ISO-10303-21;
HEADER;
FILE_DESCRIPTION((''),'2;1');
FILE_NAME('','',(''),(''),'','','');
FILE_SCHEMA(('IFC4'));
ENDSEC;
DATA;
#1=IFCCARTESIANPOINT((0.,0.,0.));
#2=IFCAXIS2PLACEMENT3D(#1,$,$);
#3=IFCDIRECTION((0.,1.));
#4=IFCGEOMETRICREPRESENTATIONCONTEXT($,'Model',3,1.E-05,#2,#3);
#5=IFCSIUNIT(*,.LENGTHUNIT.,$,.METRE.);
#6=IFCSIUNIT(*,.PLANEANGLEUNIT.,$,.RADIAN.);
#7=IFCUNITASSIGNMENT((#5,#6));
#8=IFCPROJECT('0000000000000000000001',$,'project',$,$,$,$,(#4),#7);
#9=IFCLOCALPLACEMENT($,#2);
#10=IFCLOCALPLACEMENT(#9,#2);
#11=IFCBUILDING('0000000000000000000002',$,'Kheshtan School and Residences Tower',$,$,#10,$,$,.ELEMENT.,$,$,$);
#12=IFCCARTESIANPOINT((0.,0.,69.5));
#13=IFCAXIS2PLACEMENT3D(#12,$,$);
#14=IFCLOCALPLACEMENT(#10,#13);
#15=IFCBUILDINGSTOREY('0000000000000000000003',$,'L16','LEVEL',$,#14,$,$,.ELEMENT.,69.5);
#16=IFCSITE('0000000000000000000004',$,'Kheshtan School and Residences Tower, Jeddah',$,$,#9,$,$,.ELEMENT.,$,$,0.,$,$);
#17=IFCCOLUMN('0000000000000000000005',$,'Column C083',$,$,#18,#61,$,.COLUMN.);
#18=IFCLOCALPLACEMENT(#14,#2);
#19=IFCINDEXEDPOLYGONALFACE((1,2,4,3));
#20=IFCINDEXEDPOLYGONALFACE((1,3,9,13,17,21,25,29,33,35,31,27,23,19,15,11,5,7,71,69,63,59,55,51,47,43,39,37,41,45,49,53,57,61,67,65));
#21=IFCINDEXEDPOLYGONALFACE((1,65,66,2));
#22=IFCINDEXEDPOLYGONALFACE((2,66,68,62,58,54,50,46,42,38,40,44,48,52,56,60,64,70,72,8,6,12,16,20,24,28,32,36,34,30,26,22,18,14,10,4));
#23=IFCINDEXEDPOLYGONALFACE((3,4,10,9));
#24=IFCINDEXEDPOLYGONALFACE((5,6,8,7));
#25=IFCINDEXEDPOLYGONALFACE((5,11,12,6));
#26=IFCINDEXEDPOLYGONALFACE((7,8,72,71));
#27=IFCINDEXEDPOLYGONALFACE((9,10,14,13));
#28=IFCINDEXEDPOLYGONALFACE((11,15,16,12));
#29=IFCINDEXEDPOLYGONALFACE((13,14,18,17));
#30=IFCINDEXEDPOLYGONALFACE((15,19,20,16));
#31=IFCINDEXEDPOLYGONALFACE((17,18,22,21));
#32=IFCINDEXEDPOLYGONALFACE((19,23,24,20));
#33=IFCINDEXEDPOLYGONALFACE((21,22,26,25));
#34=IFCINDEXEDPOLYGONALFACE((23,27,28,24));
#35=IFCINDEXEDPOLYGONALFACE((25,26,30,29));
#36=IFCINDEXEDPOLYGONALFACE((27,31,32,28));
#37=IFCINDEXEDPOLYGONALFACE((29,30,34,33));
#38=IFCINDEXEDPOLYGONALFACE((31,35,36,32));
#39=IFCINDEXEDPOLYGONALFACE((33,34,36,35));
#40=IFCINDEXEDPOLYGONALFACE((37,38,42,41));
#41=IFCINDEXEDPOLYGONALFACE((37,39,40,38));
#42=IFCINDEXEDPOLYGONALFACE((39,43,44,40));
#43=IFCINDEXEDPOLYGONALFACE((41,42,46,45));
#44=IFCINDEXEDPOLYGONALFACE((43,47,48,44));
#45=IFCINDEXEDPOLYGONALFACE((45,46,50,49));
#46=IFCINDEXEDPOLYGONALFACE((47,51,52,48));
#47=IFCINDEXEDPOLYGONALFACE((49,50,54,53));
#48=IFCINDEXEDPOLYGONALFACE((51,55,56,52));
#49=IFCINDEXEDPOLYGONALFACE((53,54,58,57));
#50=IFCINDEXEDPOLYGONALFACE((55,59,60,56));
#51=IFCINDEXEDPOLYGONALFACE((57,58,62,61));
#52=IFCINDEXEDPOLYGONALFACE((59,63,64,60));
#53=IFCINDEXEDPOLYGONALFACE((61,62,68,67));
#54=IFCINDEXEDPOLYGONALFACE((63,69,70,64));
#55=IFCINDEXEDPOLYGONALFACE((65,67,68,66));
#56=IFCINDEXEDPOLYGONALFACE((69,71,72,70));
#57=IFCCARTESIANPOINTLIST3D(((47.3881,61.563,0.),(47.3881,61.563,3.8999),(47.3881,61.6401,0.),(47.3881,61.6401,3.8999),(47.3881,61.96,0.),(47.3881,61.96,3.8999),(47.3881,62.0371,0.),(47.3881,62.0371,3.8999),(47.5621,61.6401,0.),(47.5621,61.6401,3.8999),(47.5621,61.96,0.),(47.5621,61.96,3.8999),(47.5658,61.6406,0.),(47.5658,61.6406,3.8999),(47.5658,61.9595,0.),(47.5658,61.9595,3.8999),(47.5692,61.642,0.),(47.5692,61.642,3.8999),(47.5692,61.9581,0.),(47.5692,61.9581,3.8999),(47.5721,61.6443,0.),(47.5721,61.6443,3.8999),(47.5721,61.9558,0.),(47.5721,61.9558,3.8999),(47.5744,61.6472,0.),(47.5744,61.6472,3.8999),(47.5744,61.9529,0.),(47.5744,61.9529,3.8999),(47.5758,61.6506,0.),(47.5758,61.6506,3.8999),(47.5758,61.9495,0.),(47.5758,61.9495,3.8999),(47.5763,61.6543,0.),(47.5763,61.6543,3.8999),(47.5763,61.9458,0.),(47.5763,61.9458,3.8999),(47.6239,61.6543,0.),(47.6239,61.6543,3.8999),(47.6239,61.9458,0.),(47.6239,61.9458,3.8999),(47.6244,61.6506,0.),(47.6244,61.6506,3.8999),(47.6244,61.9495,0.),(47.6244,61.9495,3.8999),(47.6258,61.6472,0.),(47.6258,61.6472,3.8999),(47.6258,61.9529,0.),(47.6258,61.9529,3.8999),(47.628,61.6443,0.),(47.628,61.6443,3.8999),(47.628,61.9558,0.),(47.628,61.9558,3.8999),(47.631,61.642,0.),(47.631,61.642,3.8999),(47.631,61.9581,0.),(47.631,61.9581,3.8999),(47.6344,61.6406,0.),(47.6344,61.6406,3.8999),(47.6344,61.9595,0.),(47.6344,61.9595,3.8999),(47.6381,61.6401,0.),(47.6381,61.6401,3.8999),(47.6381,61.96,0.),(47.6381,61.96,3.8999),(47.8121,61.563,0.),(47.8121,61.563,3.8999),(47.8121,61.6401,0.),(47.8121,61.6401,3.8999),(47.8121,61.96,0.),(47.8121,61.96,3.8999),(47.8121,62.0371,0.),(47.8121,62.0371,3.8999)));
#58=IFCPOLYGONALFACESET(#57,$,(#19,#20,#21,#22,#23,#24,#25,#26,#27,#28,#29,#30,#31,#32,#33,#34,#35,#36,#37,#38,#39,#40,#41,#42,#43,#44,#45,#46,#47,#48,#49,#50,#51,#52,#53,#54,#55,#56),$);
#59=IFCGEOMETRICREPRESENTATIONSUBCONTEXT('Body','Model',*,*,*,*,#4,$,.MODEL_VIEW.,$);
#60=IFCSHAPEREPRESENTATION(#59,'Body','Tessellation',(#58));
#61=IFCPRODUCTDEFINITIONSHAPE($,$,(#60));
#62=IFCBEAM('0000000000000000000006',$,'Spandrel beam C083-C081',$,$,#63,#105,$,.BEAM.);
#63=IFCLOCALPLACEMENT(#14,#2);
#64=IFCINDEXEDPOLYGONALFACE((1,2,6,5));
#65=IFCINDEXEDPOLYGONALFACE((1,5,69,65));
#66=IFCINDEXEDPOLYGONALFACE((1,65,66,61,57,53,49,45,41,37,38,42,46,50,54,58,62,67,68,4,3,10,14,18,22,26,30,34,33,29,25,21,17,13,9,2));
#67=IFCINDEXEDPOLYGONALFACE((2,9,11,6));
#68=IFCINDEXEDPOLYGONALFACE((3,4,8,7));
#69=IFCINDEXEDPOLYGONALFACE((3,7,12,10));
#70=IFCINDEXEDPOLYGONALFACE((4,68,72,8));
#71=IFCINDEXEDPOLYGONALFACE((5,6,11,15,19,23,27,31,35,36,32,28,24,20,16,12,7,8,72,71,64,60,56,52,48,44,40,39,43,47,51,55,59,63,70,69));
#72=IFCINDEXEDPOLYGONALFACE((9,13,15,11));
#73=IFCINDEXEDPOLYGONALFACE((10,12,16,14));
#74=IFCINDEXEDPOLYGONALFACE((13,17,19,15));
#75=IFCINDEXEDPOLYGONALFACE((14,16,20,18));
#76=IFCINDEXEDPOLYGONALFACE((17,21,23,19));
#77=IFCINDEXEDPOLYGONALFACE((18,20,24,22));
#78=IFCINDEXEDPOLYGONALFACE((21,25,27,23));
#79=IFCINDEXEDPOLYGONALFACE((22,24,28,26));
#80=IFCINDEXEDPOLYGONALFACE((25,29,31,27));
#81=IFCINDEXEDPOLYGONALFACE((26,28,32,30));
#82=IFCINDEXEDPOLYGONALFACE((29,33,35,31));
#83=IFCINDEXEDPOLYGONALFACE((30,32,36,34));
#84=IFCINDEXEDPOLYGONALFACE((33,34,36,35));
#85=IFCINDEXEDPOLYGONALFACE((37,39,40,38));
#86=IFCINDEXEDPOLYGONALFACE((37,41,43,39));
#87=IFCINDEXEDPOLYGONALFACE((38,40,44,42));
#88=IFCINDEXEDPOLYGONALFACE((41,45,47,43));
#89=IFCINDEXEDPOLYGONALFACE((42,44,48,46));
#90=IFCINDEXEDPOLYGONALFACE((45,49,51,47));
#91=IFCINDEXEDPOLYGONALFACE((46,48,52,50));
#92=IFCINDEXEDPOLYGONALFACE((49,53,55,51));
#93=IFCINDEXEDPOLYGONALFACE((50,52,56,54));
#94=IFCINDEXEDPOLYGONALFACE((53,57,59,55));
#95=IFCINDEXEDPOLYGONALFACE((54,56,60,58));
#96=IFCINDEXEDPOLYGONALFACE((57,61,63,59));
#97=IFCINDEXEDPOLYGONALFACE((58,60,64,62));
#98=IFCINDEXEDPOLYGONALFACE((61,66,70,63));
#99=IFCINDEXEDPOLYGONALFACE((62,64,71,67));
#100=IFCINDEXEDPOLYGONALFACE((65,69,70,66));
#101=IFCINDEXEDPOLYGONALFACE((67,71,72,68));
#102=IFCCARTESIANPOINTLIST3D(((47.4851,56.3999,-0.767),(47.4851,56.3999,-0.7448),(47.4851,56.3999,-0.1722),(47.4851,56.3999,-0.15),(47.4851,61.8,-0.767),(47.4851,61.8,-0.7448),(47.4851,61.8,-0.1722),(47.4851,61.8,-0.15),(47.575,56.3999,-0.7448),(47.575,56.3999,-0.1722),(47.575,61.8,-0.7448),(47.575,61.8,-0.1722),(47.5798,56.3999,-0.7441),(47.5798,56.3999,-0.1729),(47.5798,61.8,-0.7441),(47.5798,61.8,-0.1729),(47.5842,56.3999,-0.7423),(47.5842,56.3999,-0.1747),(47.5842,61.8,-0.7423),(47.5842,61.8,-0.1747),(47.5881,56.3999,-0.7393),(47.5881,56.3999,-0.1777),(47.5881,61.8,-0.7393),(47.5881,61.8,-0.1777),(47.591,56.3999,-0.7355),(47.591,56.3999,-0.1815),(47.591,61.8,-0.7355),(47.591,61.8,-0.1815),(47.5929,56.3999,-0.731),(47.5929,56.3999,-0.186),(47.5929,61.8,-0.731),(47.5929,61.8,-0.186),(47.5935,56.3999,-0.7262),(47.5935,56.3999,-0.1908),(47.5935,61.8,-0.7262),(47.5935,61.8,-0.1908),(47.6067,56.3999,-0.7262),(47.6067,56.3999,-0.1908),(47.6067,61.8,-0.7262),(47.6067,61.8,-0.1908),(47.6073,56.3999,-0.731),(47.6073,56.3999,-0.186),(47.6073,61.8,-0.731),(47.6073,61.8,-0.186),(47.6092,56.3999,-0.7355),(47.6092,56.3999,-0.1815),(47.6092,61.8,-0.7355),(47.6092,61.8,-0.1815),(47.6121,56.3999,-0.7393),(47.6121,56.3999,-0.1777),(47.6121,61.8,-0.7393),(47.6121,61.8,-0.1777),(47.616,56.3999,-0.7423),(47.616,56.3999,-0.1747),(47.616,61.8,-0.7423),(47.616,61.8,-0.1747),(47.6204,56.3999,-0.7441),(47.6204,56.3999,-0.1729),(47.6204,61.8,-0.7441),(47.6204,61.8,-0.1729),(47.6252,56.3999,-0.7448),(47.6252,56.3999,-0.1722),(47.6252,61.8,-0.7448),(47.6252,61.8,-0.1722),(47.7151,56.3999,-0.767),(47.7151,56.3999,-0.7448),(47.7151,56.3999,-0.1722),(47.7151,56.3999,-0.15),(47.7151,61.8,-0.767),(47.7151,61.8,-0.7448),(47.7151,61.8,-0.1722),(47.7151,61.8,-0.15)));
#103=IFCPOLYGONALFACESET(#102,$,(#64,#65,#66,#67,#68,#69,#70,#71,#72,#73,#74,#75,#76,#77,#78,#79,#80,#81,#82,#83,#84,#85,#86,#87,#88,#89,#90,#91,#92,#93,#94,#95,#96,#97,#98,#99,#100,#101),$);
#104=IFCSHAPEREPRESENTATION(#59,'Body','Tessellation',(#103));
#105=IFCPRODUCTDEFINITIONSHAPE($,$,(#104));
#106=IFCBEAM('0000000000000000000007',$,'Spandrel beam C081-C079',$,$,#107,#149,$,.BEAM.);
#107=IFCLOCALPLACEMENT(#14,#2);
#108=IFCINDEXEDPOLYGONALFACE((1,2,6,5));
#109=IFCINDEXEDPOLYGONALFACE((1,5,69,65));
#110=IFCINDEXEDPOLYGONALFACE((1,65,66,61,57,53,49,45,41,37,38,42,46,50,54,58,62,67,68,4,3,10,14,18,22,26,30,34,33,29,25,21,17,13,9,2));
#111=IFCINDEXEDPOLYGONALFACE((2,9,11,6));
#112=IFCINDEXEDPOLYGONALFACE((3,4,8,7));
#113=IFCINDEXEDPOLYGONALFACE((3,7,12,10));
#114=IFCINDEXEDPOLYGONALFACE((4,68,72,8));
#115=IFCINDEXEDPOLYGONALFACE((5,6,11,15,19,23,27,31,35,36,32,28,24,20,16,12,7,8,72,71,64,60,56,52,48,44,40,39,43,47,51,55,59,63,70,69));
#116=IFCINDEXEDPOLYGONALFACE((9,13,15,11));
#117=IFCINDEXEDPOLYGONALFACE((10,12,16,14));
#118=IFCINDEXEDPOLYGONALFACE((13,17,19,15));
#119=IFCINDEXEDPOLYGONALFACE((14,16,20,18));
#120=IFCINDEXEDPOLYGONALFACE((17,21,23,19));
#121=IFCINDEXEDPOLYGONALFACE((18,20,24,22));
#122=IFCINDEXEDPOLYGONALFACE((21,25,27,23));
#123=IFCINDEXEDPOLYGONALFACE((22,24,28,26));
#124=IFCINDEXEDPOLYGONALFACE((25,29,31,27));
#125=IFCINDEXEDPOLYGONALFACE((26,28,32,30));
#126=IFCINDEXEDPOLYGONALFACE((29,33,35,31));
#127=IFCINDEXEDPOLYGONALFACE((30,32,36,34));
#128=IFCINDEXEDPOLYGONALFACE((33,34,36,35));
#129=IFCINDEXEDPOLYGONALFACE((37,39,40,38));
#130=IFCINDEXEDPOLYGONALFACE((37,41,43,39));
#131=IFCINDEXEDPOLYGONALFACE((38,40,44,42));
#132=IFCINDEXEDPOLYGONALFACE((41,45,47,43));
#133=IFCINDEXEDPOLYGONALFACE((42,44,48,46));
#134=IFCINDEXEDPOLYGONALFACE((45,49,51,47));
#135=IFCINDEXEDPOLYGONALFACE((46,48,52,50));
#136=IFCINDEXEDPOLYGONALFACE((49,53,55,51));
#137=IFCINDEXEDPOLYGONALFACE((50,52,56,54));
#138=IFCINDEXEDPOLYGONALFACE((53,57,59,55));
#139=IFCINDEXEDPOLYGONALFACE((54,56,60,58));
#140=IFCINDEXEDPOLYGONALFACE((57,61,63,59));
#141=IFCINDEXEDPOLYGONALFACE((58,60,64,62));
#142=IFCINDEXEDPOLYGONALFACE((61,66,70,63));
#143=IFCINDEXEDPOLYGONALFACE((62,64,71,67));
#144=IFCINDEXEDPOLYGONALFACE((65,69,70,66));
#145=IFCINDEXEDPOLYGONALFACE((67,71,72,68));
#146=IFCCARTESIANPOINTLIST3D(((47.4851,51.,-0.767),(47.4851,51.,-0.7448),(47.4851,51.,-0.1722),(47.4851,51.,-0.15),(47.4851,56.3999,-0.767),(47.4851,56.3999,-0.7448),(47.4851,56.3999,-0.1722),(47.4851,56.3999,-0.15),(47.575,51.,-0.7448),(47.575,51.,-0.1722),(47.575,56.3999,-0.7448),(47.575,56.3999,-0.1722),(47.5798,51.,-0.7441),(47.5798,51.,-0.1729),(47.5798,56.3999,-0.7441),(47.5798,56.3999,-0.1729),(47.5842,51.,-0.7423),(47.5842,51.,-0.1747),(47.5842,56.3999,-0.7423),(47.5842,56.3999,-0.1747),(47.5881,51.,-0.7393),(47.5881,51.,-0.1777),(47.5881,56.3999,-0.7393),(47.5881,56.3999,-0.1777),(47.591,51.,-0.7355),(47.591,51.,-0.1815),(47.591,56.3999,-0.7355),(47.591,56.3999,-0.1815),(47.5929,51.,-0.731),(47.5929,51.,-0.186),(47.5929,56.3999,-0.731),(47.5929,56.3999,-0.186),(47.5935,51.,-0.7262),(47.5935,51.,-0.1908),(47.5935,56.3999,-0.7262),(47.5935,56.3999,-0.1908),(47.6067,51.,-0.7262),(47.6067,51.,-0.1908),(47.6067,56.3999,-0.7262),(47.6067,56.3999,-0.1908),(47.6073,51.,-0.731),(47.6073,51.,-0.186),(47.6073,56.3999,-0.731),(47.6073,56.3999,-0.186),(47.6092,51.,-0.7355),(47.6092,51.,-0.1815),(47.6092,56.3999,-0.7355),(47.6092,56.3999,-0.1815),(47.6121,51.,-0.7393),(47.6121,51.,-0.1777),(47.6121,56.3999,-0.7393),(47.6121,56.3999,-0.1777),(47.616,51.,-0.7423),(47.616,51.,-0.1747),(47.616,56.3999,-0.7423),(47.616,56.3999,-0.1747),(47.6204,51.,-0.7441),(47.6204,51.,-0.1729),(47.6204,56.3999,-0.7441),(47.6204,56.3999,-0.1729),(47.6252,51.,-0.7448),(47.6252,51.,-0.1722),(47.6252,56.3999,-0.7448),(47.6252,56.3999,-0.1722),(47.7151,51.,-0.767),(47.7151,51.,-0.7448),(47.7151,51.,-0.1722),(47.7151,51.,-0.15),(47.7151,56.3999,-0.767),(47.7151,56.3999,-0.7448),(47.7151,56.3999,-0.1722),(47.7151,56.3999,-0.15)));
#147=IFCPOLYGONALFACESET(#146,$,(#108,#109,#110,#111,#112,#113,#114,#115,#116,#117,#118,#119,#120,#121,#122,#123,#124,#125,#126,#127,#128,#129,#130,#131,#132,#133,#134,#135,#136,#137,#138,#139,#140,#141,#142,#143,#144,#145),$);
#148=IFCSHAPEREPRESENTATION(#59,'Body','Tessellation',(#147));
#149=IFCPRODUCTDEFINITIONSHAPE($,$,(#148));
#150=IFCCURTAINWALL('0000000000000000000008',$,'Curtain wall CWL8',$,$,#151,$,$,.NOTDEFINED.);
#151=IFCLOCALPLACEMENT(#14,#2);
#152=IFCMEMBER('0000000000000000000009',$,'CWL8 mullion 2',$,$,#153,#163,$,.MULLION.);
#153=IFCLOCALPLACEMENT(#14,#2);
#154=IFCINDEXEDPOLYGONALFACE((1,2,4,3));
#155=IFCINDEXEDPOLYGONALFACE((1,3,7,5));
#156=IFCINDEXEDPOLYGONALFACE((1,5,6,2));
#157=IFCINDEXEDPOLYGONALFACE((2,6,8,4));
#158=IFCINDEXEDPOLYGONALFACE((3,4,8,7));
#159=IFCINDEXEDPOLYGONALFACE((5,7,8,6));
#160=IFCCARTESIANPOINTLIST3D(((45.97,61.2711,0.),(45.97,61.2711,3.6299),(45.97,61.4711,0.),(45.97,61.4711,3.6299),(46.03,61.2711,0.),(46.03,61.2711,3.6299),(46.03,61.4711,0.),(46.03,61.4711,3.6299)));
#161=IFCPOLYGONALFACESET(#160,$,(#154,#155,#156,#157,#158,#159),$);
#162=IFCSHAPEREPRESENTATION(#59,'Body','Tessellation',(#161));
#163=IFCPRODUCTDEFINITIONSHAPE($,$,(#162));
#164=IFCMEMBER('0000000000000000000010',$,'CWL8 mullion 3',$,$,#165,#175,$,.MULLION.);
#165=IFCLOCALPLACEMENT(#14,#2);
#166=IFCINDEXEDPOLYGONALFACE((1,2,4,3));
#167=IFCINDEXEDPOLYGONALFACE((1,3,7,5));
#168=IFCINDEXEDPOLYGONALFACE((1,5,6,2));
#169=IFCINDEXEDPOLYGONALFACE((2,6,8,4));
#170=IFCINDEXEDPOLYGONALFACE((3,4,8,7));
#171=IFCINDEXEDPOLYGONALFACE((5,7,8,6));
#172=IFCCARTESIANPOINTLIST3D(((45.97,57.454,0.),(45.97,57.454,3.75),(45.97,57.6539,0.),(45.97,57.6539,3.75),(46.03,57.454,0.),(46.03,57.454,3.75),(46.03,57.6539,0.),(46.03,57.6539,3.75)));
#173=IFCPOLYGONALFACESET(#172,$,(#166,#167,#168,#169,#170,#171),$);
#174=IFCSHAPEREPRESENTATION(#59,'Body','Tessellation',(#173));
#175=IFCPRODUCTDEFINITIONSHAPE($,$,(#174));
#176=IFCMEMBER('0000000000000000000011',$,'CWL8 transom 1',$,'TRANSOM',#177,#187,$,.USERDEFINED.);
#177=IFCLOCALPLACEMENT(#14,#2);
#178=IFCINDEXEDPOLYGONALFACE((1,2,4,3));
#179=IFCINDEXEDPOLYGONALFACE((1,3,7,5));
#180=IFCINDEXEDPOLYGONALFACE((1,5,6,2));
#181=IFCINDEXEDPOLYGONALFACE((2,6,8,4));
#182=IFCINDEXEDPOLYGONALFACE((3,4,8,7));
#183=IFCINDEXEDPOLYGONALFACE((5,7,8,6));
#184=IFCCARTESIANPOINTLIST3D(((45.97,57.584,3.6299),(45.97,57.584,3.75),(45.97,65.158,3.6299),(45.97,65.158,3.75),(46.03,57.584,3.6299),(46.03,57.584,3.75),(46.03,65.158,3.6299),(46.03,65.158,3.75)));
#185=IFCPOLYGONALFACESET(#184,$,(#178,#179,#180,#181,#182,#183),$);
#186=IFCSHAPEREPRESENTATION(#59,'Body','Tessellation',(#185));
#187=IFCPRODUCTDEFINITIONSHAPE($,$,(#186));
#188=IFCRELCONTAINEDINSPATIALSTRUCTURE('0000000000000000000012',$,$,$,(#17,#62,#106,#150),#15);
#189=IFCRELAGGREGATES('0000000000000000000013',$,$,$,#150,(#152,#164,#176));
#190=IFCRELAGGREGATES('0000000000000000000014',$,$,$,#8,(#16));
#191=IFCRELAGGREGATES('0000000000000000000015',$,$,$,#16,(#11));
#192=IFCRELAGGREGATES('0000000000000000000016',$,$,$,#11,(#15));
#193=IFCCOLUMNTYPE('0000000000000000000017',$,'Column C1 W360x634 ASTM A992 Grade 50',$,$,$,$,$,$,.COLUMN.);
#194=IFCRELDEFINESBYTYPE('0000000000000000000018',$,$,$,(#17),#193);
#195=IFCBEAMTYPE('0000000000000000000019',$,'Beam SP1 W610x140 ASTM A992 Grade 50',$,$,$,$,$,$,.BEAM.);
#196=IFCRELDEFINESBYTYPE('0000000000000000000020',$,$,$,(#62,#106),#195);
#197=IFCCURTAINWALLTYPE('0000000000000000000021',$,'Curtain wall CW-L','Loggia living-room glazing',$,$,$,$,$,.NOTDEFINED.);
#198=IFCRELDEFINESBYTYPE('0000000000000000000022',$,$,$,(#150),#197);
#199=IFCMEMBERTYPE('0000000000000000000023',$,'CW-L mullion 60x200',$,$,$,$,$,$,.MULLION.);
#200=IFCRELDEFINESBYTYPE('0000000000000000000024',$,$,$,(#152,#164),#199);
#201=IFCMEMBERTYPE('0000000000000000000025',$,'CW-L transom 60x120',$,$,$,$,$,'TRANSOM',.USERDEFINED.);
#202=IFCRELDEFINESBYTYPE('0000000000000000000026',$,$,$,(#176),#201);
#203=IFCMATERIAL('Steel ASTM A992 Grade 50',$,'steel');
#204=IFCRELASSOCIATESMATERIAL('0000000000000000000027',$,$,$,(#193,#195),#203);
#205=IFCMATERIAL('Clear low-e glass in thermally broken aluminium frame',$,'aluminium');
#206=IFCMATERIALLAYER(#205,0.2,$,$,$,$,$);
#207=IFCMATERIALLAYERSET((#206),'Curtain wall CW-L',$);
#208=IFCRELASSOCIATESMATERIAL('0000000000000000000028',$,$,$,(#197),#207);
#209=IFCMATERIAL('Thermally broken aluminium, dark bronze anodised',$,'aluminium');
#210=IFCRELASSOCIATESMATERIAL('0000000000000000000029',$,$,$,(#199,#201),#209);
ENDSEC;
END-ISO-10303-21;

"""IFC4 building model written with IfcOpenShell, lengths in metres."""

from ifc_helpers import new_model, si_unit, direction, frame, origin, origin_2d, place, context, subcontext, project, spatial, rectangle, i_section, extrude, material, layer, layer_set, material_profile, profile_set, type_object, element, aggregate, save


model = new_model("IFC4")

# Units and contexts
model_context = context("Model", 3, precision=1e-05, world=origin(), true_north=direction((0.0, 1.0)))
body_context = subcontext(model_context, "Body", "Model", "MODEL_VIEW")
ifc_project = project(units=[si_unit("LENGTHUNIT", "METRE"), si_unit("PLANEANGLEUNIT", "RADIAN")], contexts=[model_context])

# Site, building, storey
site_placement = place(None, origin())
site = spatial("IfcSite", under=ifc_project, at=site_placement, Name="Kheshtan School and Residences Tower, Jeddah", CompositionType="ELEMENT", RefElevation=0.0)
building_placement = place(site_placement, origin())
building = spatial("IfcBuilding", under=site, at=building_placement, Name="Kheshtan School and Residences Tower", CompositionType="ELEMENT")
storey_placement = place(building_placement, frame((0.0, 0.0, 69.5)))
storey = spatial("IfcBuildingStorey", under=building, at=storey_placement, Name="L16", Description="LEVEL", CompositionType="ELEMENT", Elevation=69.5)

# Column
ifc_material_1 = material(Name="Steel ASTM A992 Grade 50", Category="steel")
ifc_material_profile_1 = material_profile(ifc_material_1, i_section(OverallWidth=0.4241, OverallDepth=0.4741, WebThickness=0.0476, FlangeThickness=0.0771, FilletRadius=0.0142, at=origin_2d()), Name="W360x634")
ifc_profile_set_1 = profile_set([ifc_material_profile_1], Name="Steel ASTM A992 Grade 50")
column_type = type_object("IfcColumnType", Name="Column C1 W360x634 ASTM A992 Grade 50", PredefinedType="COLUMN", material=ifc_profile_set_1)
column_placement = place(storey_placement, frame((47.6001, 61.8, 0.0), z_axis=(0.0, 0.0, 1.0), x_axis=(1.0, 0.0, 0.0)))
element("IfcColumn", 1, at=column_placement, inside=storey, type_object=column_type, Name="Column C083", PredefinedType="COLUMN", context=body_context, shape_type="SweptSolid", body=[
    extrude(i_section(OverallWidth=0.4241, OverallDepth=0.4741, WebThickness=0.0476, FlangeThickness=0.0771, FilletRadius=0.0142, at=origin_2d()), origin(), (0.0, 0.0, 1.0), 3.8999),
])

# Beams
ifc_material_profile_2 = material_profile(ifc_material_1, i_section(OverallWidth=0.23, OverallDepth=0.6169, WebThickness=0.0132, FlangeThickness=0.0222, FilletRadius=0.0186, at=origin_2d()), Name="W610x140")
ifc_profile_set_2 = profile_set([ifc_material_profile_2], Name="Steel ASTM A992 Grade 50")
beam_type = type_object("IfcBeamType", Name="Beam SP1 W610x140 ASTM A992 Grade 50", PredefinedType="BEAM", material=ifc_profile_set_2)
beam_1_placement = place(storey_placement, frame((47.6001, 61.8, -0.4585), z_axis=(0.0, -1.0, 0.0), x_axis=(1.0, 0.0, 0.0)))
element("IfcBeam", 2, at=beam_1_placement, inside=storey, type_object=beam_type, Name="Spandrel beam C083-C081", PredefinedType="BEAM", context=body_context, shape_type="SweptSolid", body=[
    extrude(i_section(OverallWidth=0.23, OverallDepth=0.6169, WebThickness=0.0132, FlangeThickness=0.0222, FilletRadius=0.0186, at=origin_2d()), origin(), (0.0, 0.0, 1.0), 5.4001),
])
beam_2_placement = place(storey_placement, frame((47.6001, 56.3999, -0.4585), z_axis=(0.0, -1.0, 0.0), x_axis=(1.0, 0.0, 0.0)))
element("IfcBeam", 3, at=beam_2_placement, inside=storey, type_object=beam_type, Name="Spandrel beam C081-C079", PredefinedType="BEAM", context=body_context, shape_type="SweptSolid", body=[
    extrude(i_section(OverallWidth=0.23, OverallDepth=0.6169, WebThickness=0.0132, FlangeThickness=0.0222, FilletRadius=0.0186, at=origin_2d()), origin(), (0.0, 0.0, 1.0), 5.3999),
])

# Curtain wall, members
ifc_material_2 = material(Name="Clear low-e glass in thermally broken aluminium frame", Category="aluminium")
ifc_layer_1 = layer(ifc_material_2, 0.2)
ifc_layer_set_1 = layer_set([ifc_layer_1], Name="Curtain wall CW-L")
curtain_wall_type = type_object("IfcCurtainWallType", Name="Curtain wall CW-L", Description="Loggia living-room glazing", PredefinedType="NOTDEFINED", material=ifc_layer_set_1)
curtain_wall_1_placement = place(storey_placement, origin())
curtain_wall_1 = element("IfcCurtainWall", 4, at=curtain_wall_1_placement, inside=storey, type_object=curtain_wall_type, Name="Curtain wall CWL8", PredefinedType="NOTDEFINED")
ifc_material_3 = material(Name="Thermally broken aluminium, dark bronze anodised", Category="aluminium")
ifc_material_profile_3 = material_profile(ifc_material_3, rectangle(XDim=0.0601, YDim=0.2, at=origin_2d()), Name="CW-L mullion 60x200")
ifc_profile_set_3 = profile_set([ifc_material_profile_3], Name="Thermally broken aluminium, dark bronze anodised")
member_type_1 = type_object("IfcMemberType", Name="CW-L mullion 60x200", PredefinedType="MULLION", material=ifc_profile_set_3)
member_1_placement = place(storey_placement, frame((46.0, 61.3711, 0.0), z_axis=(0.0, 0.0, 1.0), x_axis=(1.0, 0.0, 0.0)))
member_1 = element("IfcMember", 5, at=member_1_placement, type_object=member_type_1, Name="CWL8 mullion 2", PredefinedType="MULLION", context=body_context, shape_type="SweptSolid", body=[
    extrude(rectangle(XDim=0.0601, YDim=0.2, at=origin_2d()), origin(), (0.0, 0.0, 1.0), 3.6299),
])
member_2_placement = place(storey_placement, frame((46.0, 57.554, 0.0), z_axis=(0.0, 0.0, 1.0), x_axis=(1.0, 0.0, 0.0)))
member_2 = element("IfcMember", 6, at=member_2_placement, type_object=member_type_1, Name="CWL8 mullion 3", PredefinedType="MULLION", context=body_context, shape_type="SweptSolid", body=[
    extrude(rectangle(XDim=0.0601, YDim=0.2, at=origin_2d()), origin(), (0.0, 0.0, 1.0), 3.75),
])
ifc_material_profile_4 = material_profile(ifc_material_3, rectangle(XDim=0.0601, YDim=0.1201, at=origin_2d()), Name="CW-L transom 60x120")
ifc_profile_set_4 = profile_set([ifc_material_profile_4], Name="Thermally broken aluminium, dark bronze anodised")
member_type_2 = type_object("IfcMemberType", Name="CW-L transom 60x120", ElementType="TRANSOM", PredefinedType="USERDEFINED", material=ifc_profile_set_4)
member_3_placement = place(storey_placement, frame((46.0, 65.158, 3.6899), z_axis=(0.0, -1.0, 0.0), x_axis=(1.0, 0.0, 0.0)))
member_3 = element("IfcMember", 7, at=member_3_placement, type_object=member_type_2, Name="CWL8 transom 1", ObjectType="TRANSOM", PredefinedType="USERDEFINED", context=body_context, shape_type="SweptSolid", body=[
    extrude(rectangle(XDim=0.0601, YDim=0.1201, at=origin_2d()), origin(), (0.0, 0.0, 1.0), 7.574),
])

aggregate(curtain_wall_1, [member_1, member_2, member_3])

save(model, "model.ifc")
